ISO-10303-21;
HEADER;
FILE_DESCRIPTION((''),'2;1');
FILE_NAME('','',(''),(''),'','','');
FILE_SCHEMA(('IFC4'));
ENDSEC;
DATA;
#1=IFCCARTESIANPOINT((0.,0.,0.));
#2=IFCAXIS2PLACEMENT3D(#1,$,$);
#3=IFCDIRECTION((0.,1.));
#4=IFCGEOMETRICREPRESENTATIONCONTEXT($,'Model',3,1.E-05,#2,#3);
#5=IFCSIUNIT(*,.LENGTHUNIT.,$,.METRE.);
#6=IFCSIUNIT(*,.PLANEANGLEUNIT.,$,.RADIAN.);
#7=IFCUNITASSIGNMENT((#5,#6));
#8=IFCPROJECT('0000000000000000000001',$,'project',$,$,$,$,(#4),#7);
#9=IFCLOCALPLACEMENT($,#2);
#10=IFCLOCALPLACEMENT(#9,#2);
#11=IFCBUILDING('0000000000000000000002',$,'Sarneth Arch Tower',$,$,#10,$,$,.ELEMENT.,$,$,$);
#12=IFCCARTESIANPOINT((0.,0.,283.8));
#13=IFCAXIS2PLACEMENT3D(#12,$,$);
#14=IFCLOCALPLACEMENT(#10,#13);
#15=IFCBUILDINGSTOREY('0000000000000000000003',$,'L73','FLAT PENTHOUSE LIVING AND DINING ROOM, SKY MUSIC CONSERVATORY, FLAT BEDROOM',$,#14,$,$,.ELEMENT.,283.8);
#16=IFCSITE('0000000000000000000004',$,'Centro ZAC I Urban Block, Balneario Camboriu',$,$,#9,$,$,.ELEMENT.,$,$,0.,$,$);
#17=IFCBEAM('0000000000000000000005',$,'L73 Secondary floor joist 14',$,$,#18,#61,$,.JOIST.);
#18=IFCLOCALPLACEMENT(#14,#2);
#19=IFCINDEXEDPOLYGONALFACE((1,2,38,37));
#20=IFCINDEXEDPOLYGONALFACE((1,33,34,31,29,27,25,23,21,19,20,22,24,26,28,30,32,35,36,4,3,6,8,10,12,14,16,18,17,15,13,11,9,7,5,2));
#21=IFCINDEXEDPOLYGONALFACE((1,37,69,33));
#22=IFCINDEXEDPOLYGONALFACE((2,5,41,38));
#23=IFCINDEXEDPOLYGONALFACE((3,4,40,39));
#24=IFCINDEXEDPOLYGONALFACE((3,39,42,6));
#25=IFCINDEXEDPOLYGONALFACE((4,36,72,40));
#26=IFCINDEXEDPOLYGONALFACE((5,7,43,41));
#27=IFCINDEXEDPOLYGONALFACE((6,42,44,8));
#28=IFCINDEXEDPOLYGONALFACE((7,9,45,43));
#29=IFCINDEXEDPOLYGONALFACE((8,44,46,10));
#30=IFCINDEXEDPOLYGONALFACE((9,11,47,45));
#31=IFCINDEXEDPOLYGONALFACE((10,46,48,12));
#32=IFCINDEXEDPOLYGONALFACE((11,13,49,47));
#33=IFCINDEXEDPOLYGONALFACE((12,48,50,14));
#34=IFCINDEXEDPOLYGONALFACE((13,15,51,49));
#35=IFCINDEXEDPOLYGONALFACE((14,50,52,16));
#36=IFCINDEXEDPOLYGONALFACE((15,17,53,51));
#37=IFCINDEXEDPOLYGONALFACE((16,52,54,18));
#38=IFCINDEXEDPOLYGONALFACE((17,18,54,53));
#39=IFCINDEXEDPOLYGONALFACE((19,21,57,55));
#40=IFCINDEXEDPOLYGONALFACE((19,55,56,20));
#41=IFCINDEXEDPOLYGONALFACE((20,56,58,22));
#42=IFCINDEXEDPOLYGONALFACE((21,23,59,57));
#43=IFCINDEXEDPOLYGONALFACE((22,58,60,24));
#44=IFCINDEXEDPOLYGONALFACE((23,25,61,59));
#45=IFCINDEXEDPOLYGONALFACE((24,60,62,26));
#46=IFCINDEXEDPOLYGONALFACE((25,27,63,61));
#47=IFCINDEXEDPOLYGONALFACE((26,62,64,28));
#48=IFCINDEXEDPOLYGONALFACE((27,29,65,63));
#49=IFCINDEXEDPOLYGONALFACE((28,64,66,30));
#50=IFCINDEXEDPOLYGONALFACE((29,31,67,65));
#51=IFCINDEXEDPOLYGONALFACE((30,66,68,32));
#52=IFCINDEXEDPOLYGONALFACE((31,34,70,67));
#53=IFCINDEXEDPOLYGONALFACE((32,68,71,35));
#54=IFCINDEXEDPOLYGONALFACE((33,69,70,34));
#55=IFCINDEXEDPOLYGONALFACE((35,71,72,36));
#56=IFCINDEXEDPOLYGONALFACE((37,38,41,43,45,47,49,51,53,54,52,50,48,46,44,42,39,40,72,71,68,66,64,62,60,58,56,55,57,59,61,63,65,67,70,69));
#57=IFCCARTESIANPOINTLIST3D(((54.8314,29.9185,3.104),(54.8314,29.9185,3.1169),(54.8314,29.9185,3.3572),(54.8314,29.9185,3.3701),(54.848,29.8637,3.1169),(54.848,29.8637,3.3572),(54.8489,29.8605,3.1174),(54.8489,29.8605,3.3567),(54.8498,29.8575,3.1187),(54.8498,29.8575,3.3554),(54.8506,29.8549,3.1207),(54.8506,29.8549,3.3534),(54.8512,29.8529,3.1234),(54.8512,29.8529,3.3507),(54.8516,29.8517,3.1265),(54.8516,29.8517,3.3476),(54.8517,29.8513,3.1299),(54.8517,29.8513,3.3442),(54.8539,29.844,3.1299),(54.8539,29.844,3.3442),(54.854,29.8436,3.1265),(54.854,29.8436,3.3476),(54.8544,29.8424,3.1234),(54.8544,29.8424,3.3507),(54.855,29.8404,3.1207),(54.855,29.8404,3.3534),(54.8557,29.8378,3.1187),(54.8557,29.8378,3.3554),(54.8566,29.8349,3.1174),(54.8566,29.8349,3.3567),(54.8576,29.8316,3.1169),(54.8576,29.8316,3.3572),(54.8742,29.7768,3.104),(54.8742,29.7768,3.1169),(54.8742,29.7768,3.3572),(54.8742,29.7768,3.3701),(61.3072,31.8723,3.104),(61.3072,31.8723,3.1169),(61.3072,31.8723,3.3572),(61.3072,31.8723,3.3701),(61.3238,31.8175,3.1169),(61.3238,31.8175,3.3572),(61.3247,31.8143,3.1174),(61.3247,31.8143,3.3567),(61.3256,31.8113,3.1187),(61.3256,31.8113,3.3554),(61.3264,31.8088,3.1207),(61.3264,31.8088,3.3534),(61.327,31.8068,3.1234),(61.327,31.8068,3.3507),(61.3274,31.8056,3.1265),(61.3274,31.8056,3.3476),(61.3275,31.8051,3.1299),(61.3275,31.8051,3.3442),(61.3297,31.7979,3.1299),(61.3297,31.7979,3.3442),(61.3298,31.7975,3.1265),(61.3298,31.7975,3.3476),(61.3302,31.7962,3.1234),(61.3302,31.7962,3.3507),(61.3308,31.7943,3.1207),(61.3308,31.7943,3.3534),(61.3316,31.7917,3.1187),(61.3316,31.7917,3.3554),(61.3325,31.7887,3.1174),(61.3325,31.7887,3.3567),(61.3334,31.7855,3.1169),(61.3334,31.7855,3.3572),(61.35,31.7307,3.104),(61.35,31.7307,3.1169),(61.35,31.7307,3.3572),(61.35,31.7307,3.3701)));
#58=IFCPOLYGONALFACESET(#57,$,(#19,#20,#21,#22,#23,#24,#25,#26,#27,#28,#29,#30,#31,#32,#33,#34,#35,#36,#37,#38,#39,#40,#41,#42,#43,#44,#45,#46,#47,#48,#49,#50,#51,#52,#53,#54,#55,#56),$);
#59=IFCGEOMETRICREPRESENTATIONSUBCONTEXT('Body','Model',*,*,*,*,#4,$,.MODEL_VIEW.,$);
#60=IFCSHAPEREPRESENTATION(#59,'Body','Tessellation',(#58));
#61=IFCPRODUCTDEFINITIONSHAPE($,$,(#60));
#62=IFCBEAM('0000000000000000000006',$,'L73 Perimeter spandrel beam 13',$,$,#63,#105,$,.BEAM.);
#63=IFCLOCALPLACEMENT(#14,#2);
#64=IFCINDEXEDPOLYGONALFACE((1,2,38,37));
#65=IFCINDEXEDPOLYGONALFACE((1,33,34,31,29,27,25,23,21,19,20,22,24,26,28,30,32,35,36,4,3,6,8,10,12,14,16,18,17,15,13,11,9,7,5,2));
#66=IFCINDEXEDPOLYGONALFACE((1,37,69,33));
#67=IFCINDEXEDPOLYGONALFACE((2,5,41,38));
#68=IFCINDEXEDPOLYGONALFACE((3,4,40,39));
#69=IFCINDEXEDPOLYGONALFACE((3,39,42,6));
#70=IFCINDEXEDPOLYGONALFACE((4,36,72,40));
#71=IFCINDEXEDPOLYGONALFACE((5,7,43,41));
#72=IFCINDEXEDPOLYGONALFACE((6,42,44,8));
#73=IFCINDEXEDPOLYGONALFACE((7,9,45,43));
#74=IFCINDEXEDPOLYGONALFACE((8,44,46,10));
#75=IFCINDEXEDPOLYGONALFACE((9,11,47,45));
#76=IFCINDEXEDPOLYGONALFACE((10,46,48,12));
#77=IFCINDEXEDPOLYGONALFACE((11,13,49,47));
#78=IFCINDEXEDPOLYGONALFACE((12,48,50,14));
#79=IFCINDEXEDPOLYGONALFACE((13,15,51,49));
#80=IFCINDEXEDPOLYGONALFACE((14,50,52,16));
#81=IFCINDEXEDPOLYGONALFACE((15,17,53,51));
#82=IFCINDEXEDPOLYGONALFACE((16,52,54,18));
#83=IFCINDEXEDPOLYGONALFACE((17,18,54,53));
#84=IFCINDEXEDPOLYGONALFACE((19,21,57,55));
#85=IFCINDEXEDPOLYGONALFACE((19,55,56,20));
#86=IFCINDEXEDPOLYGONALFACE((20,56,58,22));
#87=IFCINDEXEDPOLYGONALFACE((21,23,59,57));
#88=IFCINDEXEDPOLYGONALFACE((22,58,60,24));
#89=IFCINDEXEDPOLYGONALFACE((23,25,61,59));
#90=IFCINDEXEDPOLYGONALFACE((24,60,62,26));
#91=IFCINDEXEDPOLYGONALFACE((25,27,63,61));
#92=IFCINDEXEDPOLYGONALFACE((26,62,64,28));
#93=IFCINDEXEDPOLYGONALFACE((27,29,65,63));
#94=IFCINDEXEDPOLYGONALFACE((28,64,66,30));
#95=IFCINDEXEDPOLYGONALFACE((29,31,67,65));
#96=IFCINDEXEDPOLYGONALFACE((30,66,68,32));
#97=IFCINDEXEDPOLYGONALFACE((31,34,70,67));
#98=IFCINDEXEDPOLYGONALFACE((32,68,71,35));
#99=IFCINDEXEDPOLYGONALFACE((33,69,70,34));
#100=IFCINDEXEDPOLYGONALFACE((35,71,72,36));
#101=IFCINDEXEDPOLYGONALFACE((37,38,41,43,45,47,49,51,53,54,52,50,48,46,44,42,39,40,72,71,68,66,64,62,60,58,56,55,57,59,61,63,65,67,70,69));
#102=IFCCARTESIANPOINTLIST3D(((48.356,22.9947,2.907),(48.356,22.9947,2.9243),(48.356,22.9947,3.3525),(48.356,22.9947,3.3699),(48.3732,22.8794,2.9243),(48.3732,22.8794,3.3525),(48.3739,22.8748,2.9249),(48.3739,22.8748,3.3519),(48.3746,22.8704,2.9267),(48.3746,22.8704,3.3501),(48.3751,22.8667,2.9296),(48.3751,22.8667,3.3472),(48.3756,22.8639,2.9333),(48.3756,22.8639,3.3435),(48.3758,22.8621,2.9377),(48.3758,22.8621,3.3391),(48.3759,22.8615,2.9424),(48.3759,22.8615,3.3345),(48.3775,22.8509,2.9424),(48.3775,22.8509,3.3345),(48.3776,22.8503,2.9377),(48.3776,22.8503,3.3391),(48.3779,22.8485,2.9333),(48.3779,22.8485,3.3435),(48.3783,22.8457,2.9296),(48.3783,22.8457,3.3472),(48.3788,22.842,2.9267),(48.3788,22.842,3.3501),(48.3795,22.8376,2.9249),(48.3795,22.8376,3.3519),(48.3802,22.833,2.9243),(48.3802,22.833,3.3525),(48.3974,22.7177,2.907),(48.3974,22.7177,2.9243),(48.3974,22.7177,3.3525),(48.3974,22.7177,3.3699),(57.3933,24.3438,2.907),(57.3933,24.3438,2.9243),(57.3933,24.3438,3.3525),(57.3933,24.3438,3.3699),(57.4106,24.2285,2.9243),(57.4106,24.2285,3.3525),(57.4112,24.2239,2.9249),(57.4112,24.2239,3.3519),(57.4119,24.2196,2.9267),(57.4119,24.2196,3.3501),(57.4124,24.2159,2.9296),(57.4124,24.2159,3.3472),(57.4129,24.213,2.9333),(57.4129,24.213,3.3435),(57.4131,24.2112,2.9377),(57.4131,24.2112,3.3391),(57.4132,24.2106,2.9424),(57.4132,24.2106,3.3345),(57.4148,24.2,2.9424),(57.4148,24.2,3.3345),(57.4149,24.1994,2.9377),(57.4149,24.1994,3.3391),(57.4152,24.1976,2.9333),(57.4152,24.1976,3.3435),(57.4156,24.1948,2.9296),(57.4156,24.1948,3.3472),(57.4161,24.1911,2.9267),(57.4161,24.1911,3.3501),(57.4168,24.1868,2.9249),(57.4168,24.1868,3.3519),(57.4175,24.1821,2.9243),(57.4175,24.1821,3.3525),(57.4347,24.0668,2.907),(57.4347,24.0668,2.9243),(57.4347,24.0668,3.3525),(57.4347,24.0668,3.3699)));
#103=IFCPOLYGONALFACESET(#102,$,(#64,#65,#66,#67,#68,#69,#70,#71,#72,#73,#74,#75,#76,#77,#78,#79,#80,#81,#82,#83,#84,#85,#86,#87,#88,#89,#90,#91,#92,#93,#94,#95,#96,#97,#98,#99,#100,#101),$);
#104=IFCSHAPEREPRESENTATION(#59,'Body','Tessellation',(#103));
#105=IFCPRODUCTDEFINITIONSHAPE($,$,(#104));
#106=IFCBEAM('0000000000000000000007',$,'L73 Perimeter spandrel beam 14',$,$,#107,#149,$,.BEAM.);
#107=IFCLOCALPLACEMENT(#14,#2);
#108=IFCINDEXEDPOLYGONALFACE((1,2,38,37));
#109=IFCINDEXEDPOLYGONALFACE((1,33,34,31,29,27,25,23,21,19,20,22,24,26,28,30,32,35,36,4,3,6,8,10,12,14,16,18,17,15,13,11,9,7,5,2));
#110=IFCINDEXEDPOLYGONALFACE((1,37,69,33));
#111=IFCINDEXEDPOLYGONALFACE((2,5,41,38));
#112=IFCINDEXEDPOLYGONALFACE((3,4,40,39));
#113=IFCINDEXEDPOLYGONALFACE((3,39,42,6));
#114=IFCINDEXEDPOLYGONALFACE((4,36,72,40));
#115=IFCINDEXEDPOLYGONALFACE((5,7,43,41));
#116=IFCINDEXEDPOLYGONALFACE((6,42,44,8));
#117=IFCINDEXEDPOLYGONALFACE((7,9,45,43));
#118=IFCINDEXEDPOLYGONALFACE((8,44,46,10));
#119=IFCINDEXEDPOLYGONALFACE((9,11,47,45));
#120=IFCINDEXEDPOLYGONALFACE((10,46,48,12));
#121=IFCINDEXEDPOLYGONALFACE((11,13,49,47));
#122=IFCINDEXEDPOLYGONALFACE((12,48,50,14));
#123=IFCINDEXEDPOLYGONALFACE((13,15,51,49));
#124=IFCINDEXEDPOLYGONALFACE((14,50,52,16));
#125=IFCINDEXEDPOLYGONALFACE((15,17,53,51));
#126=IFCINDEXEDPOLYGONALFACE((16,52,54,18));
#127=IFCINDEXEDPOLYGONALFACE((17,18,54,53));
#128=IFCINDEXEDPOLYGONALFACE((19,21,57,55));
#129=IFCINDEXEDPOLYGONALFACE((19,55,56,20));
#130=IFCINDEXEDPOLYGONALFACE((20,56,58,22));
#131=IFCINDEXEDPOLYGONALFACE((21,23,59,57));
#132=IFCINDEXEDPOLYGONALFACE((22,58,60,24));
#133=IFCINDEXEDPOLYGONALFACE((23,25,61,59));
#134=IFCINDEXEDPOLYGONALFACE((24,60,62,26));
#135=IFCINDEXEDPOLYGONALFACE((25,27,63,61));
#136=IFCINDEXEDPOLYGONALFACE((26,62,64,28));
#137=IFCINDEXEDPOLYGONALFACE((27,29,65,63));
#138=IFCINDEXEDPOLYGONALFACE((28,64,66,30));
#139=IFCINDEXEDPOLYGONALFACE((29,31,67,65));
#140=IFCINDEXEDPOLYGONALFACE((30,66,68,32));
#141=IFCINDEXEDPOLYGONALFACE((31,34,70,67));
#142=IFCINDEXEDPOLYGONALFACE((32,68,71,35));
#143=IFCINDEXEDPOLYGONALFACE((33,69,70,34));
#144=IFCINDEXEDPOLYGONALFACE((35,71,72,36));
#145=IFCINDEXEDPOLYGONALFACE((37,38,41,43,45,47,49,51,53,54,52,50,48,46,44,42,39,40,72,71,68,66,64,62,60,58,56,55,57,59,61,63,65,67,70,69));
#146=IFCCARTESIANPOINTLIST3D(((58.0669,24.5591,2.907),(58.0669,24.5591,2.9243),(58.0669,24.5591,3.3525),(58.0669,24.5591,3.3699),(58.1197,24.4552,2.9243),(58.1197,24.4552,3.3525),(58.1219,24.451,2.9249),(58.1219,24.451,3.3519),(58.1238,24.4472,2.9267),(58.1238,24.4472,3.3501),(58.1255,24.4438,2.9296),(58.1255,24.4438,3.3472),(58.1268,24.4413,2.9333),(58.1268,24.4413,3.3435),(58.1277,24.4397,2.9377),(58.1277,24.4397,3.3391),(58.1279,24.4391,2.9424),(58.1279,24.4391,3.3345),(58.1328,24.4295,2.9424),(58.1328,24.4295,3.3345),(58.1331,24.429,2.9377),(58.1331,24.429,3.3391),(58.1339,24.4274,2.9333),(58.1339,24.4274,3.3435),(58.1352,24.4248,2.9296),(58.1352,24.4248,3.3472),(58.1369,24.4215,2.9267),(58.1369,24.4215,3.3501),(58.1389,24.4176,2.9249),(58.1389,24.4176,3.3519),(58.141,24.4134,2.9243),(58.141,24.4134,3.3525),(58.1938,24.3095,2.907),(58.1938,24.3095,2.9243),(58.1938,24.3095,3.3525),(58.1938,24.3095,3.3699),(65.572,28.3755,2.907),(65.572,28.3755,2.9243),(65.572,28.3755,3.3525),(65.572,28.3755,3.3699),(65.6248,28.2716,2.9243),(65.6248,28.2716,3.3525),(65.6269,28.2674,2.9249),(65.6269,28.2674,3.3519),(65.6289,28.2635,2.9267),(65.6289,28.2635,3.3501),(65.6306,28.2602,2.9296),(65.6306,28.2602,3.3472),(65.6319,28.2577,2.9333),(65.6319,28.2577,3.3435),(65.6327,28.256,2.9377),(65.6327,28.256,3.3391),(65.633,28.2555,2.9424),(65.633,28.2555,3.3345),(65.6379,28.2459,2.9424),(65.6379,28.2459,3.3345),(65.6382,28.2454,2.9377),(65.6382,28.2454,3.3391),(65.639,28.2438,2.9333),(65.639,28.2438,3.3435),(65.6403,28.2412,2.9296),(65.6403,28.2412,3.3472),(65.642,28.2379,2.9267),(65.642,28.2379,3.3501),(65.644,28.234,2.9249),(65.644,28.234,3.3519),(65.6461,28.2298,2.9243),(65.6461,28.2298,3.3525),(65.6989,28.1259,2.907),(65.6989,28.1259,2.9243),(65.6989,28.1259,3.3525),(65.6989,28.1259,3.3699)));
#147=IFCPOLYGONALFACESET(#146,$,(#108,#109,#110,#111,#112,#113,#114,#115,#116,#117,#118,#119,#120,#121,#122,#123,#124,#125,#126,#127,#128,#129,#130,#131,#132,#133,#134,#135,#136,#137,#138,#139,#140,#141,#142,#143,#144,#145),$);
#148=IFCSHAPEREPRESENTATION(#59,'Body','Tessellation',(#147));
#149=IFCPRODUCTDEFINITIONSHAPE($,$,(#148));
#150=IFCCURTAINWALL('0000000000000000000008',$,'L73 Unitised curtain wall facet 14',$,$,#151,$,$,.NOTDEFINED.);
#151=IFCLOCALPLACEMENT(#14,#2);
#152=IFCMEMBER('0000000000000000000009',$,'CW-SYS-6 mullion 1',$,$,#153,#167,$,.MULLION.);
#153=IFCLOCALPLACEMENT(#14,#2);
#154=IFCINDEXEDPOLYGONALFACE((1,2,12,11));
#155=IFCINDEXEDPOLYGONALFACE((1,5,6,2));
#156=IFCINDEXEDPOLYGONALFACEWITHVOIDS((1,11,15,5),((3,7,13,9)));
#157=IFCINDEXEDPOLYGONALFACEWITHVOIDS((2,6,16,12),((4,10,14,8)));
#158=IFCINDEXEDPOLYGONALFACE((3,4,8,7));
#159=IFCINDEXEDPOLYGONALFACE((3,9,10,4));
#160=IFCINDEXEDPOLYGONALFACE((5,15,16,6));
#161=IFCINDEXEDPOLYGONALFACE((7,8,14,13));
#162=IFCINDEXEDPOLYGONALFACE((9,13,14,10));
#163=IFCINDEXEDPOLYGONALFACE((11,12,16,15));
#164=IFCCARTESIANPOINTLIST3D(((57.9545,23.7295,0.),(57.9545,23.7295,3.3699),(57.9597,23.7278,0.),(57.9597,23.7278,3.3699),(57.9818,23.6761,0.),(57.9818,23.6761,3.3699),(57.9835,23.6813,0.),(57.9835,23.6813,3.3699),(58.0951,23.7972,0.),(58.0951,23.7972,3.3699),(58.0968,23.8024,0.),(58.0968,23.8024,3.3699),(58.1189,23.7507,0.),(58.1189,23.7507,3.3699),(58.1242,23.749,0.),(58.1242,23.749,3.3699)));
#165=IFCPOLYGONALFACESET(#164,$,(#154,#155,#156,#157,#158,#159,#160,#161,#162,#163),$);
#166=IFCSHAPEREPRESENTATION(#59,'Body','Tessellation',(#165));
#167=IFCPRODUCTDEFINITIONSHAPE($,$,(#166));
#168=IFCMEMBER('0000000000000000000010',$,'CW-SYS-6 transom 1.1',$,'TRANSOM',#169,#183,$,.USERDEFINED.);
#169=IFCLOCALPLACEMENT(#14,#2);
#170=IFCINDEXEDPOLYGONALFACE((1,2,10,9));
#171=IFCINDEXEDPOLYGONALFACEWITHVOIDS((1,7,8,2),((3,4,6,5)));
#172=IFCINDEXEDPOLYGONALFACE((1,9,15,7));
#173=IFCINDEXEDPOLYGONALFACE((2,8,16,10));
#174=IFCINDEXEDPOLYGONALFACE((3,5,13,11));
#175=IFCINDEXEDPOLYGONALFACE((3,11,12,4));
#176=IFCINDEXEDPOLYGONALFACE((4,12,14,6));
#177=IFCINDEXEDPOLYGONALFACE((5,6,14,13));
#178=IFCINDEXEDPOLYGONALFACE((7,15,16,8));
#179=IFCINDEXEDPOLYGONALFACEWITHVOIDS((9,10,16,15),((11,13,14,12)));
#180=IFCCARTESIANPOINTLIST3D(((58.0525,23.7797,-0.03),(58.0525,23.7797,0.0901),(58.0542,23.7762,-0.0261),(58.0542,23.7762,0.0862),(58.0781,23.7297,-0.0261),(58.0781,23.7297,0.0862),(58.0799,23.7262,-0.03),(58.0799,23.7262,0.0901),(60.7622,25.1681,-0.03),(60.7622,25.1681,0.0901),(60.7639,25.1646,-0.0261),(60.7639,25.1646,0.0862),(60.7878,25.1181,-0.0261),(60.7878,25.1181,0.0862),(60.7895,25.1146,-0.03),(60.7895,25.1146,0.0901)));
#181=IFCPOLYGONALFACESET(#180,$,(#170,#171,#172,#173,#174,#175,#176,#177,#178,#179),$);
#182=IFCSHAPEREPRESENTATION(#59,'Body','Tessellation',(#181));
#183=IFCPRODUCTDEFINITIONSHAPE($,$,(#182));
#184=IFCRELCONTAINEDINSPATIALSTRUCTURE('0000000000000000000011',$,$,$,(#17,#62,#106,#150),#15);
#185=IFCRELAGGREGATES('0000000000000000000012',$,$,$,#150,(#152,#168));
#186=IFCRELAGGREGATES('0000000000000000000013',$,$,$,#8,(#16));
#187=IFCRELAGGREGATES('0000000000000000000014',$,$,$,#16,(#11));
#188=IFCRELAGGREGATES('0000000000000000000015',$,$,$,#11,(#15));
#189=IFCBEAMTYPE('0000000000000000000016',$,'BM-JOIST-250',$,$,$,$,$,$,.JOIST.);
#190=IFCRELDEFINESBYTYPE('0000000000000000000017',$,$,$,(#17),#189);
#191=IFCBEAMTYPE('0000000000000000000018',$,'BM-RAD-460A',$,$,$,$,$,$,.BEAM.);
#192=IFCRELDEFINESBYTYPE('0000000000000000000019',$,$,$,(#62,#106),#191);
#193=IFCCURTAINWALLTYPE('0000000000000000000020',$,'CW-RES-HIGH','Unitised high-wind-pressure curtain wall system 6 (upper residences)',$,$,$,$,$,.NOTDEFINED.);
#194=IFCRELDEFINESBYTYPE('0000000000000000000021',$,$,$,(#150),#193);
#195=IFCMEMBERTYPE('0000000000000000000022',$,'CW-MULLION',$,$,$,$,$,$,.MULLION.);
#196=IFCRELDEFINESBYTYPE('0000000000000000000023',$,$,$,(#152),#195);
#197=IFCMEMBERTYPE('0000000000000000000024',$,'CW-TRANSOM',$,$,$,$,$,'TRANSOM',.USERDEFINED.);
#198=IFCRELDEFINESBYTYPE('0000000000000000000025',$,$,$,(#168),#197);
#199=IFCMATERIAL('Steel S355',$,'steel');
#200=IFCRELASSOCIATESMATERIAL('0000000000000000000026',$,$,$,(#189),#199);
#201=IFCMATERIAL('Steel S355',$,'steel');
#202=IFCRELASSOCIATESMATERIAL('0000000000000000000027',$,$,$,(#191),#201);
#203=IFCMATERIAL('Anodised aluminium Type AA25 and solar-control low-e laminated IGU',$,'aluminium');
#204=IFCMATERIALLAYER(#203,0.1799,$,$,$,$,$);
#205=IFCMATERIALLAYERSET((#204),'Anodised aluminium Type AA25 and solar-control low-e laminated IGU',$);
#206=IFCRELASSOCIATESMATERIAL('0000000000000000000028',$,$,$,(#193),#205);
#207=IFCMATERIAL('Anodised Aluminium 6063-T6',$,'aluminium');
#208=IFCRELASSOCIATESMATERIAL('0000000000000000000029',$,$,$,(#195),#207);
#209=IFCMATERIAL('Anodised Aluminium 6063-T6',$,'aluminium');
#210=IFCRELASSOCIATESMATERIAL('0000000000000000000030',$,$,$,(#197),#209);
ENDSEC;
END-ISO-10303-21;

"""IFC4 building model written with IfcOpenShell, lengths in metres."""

from ifc_helpers import new_model, si_unit, direction, frame, origin, origin_2d, place, context, subcontext, project, spatial, hollow_rectangle, i_section, extrude, material, layer, layer_set, material_profile, profile_set, type_object, element, aggregate, save


model = new_model("IFC4")

# Units and contexts
model_context = context("Model", 3, precision=1e-05, world=origin(), true_north=direction((0.0, 1.0)))
body_context = subcontext(model_context, "Body", "Model", "MODEL_VIEW")
ifc_project = project(units=[si_unit("LENGTHUNIT", "METRE"), si_unit("PLANEANGLEUNIT", "RADIAN")], contexts=[model_context])

# Site, building, storey
site_placement = place(None, origin())
site = spatial("IfcSite", under=ifc_project, at=site_placement, Name="Centro ZAC I Urban Block, Balneario Camboriu", CompositionType="ELEMENT", RefElevation=0.0)
building_placement = place(site_placement, origin())
building = spatial("IfcBuilding", under=site, at=building_placement, Name="Sarneth Arch Tower", CompositionType="ELEMENT")
storey_placement = place(building_placement, frame((0.0, 0.0, 283.8)))
storey = spatial("IfcBuildingStorey", under=building, at=storey_placement, Name="L73", Description="FLAT PENTHOUSE LIVING AND DINING ROOM, SKY MUSIC CONSERVATORY, FLAT BEDROOM", CompositionType="ELEMENT", Elevation=283.8)

# Beams
ifc_material_1 = material(Name="Steel S355", Category="steel")
ifc_material_profile_1 = material_profile(ifc_material_1, i_section(OverallWidth=0.1479, OverallDepth=0.2661, WebThickness=0.0076, FlangeThickness=0.0129, FilletRadius=0.0129, at=origin_2d()), Name="W250x44.8")
ifc_profile_set_1 = profile_set([ifc_material_profile_1], Name="Steel S355")
beam_type_1 = type_object("IfcBeamType", Name="BM-JOIST-250", PredefinedType="JOIST", material=ifc_profile_set_1)
beam_1_placement = place(storey_placement, frame((54.8528, 29.8477, 3.2371), z_axis=(0.957373, 0.288854, 0.0), x_axis=(-0.288854, 0.957373, 0.0)))
element("IfcBeam", 1, at=beam_1_placement, inside=storey, type_object=beam_type_1, Name="L73 Secondary floor joist 14", PredefinedType="JOIST", context=body_context, shape_type="SweptSolid", body=[
    extrude(i_section(OverallWidth=0.1479, OverallDepth=0.2661, WebThickness=0.0076, FlangeThickness=0.0129, FilletRadius=0.0129, at=origin_2d()), origin(), (0.0, 0.0, 1.0), 6.7642),
])
ifc_material_2 = material(Name="Steel S355", Category="steel")
ifc_material_profile_2 = material_profile(ifc_material_2, i_section(OverallWidth=0.28, OverallDepth=0.4629, WebThickness=0.0107, FlangeThickness=0.0173, FilletRadius=0.0181, at=origin_2d()), Name="W460x113")
ifc_profile_set_2 = profile_set([ifc_material_profile_2], Name="Steel S355")
beam_type_2 = type_object("IfcBeamType", Name="BM-RAD-460A", PredefinedType="BEAM", material=ifc_profile_set_2)
beam_2_placement = place(storey_placement, frame((48.3767, 22.8562, 3.1384), z_axis=(0.98904, 0.147647, 0.0), x_axis=(-0.147647, 0.98904, 0.0)))
element("IfcBeam", 2, at=beam_2_placement, inside=storey, type_object=beam_type_2, Name="L73 Perimeter spandrel beam 13", PredefinedType="BEAM", context=body_context, shape_type="SweptSolid", body=[
    extrude(i_section(OverallWidth=0.28, OverallDepth=0.4629, WebThickness=0.0107, FlangeThickness=0.0173, FilletRadius=0.0181, at=origin_2d()), origin(), (0.0, 0.0, 1.0), 9.1375),
])
beam_3_placement = place(storey_placement, frame((58.1304, 24.4343, 3.1384), z_axis=(0.891374, 0.453269, 0.0), x_axis=(-0.453269, 0.891374, 0.0)))
element("IfcBeam", 3, at=beam_3_placement, inside=storey, type_object=beam_type_2, Name="L73 Perimeter spandrel beam 14", PredefinedType="BEAM", context=body_context, shape_type="SweptSolid", body=[
    extrude(i_section(OverallWidth=0.28, OverallDepth=0.4629, WebThickness=0.0107, FlangeThickness=0.0173, FilletRadius=0.0181, at=origin_2d()), origin(), (0.0, 0.0, 1.0), 8.4197),
])

# Curtain wall, members
ifc_material_3 = material(Name="Anodised aluminium Type AA25 and solar-control low-e laminated IGU", Category="aluminium")
ifc_layer_1 = layer(ifc_material_3, 0.1799)
ifc_layer_set_1 = layer_set([ifc_layer_1], Name="Anodised aluminium Type AA25 and solar-control low-e laminated IGU")
curtain_wall_type = type_object("IfcCurtainWallType", Name="CW-RES-HIGH", Description="Unitised high-wind-pressure curtain wall system 6 (upper residences)", PredefinedType="NOTDEFINED", material=ifc_layer_set_1)
curtain_wall_placement = place(storey_placement, origin())
curtain_wall = element("IfcCurtainWall", 4, at=curtain_wall_placement, inside=storey, type_object=curtain_wall_type, Name="L73 Unitised curtain wall facet 14", PredefinedType="NOTDEFINED")
ifc_material_4 = material(Name="Anodised Aluminium 6063-T6", Category="aluminium")
ifc_material_profile_3 = material_profile(ifc_material_4, hollow_rectangle(XDim=0.0601, YDim=0.1599, WallThickness=0.0039, at=origin_2d()), Name="AL-MULL-160x60x4")
ifc_profile_set_3 = profile_set([ifc_material_profile_3], Name="Anodised Aluminium 6063-T6")
member_type_1 = type_object("IfcMemberType", Name="CW-MULLION", PredefinedType="MULLION", material=ifc_profile_set_3)
member_1_placement = place(storey_placement, frame((58.0393, 23.7393, 0.0), z_axis=(0.0, 0.0, 1.0), x_axis=(-0.455942, 0.89001, 0.0)))
member_1 = element("IfcMember", 5, at=member_1_placement, type_object=member_type_1, Name="CW-SYS-6 mullion 1", PredefinedType="MULLION", context=body_context, shape_type="SweptSolid", body=[
    extrude(hollow_rectangle(XDim=0.0601, YDim=0.1599, WallThickness=0.0039, at=origin_2d()), origin(), (0.0, 0.0, 1.0), 3.3699),
])
ifc_material_5 = material(Name="Anodised Aluminium 6063-T6", Category="aluminium")
ifc_material_profile_4 = material_profile(ifc_material_5, hollow_rectangle(XDim=0.0601, YDim=0.1201, WallThickness=0.0039, at=origin_2d()), Name="AL-TRAN-120x60x4")
ifc_profile_set_4 = profile_set([ifc_material_profile_4], Name="Anodised Aluminium 6063-T6")
member_type_2 = type_object("IfcMemberType", Name="CW-TRANSOM", ElementType="TRANSOM", PredefinedType="USERDEFINED", material=ifc_profile_set_4)
member_2_placement = place(storey_placement, frame((58.0662, 23.7529, 0.03), z_axis=(0.889974, 0.456012, 0.0), x_axis=(-0.456012, 0.889974, 0.0)))
member_2 = element("IfcMember", 6, at=member_2_placement, type_object=member_type_2, Name="CW-SYS-6 transom 1.1", ObjectType="TRANSOM", PredefinedType="USERDEFINED", context=body_context, shape_type="SweptSolid", body=[
    extrude(hollow_rectangle(XDim=0.0601, YDim=0.1201, WallThickness=0.0039, at=origin_2d()), origin(), (0.0, 0.0, 1.0), 3.0447),
])
aggregate(curtain_wall, [member_1, member_2])

save(model, "model.ifc")
